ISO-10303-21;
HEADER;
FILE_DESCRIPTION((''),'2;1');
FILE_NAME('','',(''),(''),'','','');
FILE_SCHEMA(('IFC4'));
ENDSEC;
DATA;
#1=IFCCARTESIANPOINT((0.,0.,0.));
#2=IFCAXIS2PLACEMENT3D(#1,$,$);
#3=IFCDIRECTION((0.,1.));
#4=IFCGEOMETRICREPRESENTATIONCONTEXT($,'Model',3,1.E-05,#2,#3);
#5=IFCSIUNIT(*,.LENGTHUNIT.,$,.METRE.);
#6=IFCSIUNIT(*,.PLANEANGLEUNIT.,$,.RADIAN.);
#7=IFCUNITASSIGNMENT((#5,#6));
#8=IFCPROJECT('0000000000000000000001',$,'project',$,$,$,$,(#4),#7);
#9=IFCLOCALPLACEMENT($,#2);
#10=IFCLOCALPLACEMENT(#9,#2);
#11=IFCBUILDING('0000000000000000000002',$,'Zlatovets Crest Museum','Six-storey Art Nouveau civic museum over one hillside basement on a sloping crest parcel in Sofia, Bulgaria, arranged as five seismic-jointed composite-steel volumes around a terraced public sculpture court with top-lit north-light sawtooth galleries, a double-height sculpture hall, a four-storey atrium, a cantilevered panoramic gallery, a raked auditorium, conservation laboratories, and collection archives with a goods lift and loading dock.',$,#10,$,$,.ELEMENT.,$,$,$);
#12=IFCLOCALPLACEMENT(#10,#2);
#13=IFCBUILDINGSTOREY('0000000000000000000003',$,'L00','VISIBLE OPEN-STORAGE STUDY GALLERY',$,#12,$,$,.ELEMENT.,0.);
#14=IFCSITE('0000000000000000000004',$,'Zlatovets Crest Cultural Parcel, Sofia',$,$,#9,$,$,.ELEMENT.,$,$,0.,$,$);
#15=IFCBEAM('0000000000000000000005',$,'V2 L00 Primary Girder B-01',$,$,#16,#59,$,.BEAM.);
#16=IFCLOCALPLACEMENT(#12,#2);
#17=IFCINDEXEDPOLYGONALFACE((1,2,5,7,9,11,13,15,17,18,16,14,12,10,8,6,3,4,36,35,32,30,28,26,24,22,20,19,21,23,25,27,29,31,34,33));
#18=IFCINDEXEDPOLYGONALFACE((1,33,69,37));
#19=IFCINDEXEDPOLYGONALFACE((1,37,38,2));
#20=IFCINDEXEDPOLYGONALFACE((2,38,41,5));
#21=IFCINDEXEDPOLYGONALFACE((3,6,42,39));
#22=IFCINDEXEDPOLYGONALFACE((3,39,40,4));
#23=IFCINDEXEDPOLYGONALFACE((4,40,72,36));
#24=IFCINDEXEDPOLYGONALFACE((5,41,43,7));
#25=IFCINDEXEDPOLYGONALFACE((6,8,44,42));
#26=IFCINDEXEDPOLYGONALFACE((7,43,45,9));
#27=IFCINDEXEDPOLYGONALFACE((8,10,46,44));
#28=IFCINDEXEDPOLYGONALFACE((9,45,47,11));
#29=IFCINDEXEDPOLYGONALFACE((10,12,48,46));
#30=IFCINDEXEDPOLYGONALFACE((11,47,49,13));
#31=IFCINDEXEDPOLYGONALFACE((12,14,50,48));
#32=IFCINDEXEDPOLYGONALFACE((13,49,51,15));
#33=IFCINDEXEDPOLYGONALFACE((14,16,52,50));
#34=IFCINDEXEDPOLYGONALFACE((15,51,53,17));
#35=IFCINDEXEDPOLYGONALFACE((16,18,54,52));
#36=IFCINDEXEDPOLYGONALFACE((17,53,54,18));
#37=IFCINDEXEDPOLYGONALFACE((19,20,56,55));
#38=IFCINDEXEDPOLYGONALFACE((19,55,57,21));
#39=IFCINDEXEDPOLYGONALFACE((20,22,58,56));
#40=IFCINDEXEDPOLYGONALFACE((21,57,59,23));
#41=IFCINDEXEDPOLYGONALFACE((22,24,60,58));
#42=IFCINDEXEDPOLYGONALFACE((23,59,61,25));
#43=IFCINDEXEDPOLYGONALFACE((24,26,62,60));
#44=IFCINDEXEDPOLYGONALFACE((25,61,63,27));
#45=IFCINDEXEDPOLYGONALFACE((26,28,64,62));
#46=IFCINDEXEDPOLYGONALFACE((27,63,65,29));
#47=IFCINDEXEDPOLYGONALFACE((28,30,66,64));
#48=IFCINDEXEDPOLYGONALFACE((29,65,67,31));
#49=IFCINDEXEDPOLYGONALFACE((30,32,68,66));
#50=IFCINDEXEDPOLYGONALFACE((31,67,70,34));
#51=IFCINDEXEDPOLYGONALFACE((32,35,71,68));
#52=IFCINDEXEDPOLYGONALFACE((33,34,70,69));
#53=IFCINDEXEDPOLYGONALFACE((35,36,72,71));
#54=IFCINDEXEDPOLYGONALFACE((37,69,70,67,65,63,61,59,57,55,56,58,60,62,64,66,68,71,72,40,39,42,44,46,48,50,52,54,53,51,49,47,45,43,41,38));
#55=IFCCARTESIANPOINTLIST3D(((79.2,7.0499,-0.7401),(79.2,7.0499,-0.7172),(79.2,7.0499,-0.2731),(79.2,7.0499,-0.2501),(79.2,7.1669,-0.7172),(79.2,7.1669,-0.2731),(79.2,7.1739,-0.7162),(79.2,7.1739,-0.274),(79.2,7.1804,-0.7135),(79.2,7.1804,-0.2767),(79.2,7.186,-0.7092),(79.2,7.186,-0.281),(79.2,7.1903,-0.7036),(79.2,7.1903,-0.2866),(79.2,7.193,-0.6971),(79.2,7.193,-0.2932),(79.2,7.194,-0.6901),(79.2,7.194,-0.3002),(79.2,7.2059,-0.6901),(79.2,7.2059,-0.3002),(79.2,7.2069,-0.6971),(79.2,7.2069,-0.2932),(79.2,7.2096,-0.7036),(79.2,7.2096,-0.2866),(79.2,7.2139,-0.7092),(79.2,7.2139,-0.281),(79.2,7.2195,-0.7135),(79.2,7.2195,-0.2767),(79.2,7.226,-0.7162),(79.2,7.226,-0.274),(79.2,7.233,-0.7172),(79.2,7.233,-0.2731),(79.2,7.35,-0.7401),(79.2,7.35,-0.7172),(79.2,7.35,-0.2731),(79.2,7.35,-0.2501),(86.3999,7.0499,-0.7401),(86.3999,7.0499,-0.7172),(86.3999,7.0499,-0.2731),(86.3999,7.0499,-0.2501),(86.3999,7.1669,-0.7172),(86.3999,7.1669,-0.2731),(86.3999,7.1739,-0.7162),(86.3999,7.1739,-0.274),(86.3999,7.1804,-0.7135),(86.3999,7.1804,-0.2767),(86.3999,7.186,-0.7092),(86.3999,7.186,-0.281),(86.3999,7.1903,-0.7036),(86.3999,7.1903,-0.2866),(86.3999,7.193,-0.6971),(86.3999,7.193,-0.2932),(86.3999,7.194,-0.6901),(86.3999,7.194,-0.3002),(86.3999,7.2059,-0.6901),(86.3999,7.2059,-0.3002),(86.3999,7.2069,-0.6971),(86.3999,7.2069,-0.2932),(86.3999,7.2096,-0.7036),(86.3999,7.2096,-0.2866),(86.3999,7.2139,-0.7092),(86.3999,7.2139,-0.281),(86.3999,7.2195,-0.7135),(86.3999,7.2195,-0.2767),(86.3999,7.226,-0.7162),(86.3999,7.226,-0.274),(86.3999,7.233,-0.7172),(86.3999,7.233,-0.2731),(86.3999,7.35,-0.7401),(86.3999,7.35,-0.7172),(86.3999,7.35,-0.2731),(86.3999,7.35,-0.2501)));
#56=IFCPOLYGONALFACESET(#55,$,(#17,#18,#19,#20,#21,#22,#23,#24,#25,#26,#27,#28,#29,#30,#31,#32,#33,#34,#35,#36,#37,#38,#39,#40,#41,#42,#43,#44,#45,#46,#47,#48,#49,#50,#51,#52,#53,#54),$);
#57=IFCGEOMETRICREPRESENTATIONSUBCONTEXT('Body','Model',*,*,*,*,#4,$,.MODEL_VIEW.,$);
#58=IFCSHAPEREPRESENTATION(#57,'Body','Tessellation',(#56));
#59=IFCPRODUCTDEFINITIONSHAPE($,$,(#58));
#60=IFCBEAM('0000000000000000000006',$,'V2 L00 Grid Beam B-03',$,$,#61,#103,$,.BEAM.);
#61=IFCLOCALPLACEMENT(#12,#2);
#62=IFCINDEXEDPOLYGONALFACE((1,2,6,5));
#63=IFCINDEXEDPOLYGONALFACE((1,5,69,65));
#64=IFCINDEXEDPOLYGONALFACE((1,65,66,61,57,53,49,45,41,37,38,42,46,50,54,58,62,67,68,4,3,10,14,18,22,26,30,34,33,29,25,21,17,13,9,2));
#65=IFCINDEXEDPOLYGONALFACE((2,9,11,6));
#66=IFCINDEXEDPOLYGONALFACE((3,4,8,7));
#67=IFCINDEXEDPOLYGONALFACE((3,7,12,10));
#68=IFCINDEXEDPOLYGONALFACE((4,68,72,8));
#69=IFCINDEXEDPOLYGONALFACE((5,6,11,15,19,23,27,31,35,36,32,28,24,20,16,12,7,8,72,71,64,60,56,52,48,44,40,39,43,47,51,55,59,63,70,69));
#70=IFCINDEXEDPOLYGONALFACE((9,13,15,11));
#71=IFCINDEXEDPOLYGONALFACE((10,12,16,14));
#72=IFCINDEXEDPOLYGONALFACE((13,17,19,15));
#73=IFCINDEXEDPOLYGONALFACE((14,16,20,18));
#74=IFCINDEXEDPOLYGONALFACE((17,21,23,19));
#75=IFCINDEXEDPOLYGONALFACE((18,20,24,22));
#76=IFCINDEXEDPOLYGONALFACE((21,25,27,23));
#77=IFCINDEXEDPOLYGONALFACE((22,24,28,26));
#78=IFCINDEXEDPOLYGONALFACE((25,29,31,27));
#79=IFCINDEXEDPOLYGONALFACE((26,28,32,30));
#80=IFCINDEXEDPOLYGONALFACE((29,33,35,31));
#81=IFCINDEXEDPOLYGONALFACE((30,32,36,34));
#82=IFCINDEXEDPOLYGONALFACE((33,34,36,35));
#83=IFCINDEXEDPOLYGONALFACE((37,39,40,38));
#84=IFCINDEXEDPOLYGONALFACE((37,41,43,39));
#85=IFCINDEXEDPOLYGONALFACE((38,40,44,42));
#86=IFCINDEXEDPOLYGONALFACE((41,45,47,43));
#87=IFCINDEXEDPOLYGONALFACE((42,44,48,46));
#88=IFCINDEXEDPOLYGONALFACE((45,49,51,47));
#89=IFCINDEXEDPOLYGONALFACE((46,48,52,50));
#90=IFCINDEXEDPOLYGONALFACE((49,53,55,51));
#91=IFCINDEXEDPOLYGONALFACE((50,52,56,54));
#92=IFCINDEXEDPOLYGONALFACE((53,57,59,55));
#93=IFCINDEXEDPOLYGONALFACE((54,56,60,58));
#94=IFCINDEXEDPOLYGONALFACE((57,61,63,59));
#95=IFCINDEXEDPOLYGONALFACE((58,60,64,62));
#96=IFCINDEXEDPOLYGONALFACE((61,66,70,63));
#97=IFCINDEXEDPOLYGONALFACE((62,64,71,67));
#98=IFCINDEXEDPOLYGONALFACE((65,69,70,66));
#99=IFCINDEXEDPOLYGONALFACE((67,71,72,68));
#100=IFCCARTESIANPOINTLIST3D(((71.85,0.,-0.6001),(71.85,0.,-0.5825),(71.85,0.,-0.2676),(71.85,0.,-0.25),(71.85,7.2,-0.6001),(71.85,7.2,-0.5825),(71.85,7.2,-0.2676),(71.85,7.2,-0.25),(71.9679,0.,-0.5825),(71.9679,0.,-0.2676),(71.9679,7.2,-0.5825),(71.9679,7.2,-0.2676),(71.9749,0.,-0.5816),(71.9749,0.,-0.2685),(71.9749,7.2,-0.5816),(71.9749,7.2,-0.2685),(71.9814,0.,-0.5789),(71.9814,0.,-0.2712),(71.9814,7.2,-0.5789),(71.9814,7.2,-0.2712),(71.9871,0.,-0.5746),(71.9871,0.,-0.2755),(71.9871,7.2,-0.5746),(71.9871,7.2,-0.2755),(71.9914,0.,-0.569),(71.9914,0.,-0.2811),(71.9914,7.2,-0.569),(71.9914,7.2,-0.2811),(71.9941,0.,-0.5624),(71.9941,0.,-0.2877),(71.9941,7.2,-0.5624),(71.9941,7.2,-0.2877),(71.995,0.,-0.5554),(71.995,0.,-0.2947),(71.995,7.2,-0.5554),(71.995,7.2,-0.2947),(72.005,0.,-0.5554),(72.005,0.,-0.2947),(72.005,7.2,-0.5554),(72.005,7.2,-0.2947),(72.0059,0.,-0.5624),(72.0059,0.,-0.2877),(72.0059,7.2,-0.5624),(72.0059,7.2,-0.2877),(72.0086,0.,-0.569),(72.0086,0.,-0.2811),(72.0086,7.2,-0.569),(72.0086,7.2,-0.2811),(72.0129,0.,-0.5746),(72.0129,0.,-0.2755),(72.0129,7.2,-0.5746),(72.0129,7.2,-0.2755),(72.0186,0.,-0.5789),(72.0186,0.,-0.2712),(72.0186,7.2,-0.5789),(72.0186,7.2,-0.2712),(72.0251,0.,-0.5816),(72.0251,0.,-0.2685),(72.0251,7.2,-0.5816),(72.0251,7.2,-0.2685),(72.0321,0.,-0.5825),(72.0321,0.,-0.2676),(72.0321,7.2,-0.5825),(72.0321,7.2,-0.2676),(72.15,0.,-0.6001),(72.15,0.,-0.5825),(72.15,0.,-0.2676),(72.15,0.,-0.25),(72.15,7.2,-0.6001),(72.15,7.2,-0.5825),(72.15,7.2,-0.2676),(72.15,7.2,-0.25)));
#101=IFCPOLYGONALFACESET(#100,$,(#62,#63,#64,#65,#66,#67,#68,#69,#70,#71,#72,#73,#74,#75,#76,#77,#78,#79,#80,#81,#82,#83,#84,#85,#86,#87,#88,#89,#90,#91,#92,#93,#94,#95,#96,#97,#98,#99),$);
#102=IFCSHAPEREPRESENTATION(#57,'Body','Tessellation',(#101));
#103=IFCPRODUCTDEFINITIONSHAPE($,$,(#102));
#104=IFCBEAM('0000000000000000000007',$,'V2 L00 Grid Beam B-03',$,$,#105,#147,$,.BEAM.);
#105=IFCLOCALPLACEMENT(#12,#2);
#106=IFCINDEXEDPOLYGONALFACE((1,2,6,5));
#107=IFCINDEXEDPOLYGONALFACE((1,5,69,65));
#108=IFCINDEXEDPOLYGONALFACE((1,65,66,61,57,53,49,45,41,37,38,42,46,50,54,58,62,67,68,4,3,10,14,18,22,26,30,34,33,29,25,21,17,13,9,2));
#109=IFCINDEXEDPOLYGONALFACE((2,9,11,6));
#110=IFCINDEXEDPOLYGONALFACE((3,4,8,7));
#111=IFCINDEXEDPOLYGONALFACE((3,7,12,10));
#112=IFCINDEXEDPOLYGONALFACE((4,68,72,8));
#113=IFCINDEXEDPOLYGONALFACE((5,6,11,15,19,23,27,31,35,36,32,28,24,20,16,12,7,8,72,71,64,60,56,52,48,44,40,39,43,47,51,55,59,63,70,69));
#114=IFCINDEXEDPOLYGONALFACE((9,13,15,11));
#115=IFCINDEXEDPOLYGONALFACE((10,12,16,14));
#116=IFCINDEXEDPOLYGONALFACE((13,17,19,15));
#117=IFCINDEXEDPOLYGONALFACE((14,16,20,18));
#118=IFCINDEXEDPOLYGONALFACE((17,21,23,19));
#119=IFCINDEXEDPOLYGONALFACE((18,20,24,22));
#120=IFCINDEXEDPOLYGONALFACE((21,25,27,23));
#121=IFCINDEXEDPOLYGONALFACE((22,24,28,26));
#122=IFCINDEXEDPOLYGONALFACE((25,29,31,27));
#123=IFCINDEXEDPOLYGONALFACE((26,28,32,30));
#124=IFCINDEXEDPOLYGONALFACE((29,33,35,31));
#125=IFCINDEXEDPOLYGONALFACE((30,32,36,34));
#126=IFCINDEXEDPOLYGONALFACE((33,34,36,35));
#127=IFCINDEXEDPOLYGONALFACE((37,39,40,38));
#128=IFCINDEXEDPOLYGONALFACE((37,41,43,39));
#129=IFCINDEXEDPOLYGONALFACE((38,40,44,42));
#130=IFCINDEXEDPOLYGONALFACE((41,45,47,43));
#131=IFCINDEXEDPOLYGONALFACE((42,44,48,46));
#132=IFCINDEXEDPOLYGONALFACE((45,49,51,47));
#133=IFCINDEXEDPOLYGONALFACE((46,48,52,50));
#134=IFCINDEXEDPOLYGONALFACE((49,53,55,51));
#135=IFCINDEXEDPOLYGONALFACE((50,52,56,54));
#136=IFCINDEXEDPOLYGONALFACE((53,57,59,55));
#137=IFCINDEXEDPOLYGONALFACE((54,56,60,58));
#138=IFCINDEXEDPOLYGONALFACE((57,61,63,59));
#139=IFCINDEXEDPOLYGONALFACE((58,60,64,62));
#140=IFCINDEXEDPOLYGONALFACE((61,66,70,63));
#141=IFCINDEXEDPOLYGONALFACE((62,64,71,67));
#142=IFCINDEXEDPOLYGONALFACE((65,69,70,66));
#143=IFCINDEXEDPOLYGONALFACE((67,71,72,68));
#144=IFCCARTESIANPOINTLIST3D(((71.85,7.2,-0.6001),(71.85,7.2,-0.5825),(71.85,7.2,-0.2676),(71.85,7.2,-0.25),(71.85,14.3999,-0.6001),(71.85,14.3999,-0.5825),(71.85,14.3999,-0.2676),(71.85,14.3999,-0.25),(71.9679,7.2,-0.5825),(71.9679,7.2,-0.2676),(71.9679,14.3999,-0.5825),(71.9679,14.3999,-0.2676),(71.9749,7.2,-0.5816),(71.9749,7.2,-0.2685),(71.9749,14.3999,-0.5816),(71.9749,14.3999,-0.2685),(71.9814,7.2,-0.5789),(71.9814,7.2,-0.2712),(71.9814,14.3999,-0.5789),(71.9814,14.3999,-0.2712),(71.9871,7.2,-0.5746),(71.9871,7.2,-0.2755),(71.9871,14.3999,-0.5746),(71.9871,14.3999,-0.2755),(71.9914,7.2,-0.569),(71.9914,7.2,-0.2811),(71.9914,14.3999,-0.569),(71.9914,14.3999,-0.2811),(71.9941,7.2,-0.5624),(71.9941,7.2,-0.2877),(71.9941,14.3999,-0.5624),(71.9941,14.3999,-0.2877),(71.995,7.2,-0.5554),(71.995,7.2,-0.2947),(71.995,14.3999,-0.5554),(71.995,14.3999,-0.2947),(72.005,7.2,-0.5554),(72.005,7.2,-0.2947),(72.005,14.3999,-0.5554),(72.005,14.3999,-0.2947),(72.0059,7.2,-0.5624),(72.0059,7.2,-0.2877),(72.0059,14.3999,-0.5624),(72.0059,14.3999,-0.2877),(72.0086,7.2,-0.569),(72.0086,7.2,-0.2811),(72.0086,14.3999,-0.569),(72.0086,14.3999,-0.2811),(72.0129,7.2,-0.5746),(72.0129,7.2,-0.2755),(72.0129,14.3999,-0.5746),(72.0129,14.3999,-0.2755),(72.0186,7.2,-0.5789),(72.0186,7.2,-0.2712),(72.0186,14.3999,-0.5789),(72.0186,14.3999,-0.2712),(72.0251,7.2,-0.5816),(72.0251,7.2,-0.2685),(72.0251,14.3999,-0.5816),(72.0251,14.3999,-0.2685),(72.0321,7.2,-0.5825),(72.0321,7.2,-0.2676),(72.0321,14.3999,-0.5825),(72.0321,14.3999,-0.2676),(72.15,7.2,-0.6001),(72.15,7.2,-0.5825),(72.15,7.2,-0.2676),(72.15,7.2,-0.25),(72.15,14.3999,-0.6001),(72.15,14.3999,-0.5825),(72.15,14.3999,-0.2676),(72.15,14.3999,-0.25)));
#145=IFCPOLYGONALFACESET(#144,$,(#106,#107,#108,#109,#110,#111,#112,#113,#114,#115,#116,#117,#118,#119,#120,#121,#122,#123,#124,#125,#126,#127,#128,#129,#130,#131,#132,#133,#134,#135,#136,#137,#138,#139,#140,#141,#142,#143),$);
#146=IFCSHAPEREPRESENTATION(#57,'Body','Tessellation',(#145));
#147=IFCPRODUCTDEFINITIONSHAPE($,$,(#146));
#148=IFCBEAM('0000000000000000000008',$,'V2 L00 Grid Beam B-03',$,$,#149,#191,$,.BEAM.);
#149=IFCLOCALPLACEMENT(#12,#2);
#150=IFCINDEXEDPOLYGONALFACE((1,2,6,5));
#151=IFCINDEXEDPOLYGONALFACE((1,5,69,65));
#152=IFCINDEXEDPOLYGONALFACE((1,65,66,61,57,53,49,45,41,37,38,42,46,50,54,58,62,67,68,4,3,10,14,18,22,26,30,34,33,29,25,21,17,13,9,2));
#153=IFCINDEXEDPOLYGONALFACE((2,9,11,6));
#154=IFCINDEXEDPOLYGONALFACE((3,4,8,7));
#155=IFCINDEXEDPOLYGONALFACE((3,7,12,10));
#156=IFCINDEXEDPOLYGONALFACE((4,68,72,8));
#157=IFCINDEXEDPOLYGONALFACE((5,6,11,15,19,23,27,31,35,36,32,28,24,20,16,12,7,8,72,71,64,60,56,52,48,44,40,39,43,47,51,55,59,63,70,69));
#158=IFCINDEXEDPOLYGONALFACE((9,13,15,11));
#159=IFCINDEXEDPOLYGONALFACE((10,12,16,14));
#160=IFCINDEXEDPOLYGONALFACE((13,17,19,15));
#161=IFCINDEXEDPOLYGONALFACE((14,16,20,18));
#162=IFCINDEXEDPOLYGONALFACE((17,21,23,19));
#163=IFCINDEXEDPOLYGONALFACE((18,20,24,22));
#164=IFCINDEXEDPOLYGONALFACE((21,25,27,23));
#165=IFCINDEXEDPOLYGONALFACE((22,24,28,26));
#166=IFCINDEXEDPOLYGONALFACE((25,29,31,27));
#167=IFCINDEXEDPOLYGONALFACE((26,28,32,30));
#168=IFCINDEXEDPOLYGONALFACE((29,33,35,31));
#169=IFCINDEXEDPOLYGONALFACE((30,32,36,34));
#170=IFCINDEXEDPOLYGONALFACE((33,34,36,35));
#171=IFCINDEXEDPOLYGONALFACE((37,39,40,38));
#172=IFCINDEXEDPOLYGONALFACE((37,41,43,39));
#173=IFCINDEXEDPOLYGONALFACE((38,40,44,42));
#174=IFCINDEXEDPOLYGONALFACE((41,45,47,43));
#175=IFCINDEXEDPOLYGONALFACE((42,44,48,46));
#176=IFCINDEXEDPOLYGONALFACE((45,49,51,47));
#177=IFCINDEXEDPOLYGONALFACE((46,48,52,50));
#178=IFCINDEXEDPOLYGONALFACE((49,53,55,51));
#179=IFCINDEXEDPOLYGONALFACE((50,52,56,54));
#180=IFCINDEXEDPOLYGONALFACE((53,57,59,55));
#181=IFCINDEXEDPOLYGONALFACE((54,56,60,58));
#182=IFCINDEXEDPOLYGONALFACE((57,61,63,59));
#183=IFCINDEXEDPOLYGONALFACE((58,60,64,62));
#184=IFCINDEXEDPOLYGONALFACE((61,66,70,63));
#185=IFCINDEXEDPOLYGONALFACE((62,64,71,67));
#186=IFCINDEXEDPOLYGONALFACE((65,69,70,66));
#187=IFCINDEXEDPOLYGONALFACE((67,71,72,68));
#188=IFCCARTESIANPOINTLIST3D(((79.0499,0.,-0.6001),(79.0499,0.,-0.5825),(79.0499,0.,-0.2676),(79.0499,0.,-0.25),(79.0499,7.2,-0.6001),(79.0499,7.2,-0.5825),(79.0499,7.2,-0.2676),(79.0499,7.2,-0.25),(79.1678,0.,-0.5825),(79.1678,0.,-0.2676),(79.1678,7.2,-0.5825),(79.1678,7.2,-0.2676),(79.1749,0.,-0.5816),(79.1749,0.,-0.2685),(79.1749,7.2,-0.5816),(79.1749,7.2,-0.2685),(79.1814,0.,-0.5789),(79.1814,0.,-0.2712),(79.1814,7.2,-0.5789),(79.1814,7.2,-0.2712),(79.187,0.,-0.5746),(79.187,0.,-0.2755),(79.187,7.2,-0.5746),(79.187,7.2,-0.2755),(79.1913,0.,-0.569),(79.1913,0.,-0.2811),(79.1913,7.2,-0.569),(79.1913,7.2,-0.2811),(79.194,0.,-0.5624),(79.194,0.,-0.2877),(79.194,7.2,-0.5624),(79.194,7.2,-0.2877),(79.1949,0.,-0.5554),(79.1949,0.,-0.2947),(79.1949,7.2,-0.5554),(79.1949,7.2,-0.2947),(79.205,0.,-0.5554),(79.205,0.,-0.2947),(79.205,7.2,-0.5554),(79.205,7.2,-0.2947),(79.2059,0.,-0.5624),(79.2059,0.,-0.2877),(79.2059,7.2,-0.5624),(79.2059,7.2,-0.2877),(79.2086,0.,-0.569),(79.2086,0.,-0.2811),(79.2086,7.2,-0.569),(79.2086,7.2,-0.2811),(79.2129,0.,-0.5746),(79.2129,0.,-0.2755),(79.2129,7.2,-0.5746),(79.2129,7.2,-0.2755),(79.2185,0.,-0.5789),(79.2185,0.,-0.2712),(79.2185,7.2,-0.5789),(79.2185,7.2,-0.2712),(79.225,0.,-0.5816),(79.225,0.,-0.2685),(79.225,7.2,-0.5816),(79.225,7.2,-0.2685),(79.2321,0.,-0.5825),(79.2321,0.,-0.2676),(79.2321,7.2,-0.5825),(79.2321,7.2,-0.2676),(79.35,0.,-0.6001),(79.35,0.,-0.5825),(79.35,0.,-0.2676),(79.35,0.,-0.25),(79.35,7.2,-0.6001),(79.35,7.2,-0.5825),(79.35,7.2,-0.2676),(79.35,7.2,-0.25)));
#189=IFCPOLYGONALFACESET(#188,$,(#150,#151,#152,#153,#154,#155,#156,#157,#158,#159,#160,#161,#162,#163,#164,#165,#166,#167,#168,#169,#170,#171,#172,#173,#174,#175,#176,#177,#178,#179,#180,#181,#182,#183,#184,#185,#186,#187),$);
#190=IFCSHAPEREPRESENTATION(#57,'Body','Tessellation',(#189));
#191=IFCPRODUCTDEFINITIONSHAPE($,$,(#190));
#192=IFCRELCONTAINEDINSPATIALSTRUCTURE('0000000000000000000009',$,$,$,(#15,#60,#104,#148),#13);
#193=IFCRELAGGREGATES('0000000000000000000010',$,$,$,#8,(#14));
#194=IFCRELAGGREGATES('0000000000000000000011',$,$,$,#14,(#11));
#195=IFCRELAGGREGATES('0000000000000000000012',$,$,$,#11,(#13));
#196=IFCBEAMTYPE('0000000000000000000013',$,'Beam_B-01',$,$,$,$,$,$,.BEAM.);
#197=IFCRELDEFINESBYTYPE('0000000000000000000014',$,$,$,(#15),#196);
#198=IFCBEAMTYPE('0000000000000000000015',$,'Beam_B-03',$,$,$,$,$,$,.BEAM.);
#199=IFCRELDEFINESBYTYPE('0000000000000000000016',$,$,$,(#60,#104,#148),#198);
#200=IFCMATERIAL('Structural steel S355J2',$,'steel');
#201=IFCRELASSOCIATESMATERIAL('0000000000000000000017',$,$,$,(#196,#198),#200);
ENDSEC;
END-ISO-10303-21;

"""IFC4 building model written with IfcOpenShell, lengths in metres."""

from ifc_helpers import new_model, si_unit, direction, frame, origin, origin_2d, place, context, subcontext, project, spatial, i_section, extrude, material, material_profile, profile_set, type_object, element, save


model = new_model("IFC4")

# Units and contexts
model_context = context("Model", 3, precision=1e-05, world=origin(), true_north=direction((0.0, 1.0)))
body_context = subcontext(model_context, "Body", "Model", "MODEL_VIEW")
ifc_project = project(units=[si_unit("LENGTHUNIT", "METRE"), si_unit("PLANEANGLEUNIT", "RADIAN")], contexts=[model_context])

# Site, building, storey
site_placement = place(None, origin())
site = spatial("IfcSite", under=ifc_project, at=site_placement, Name="Zlatovets Crest Cultural Parcel, Sofia", CompositionType="ELEMENT", RefElevation=0.0)
building_placement = place(site_placement, origin())
building = spatial("IfcBuilding", under=site, at=building_placement, Name="Zlatovets Crest Museum", Description="Six-storey Art Nouveau civic museum over one hillside basement on a sloping crest parcel in Sofia, Bulgaria, arranged as five seismic-jointed composite-steel volumes around a terraced public sculpture court with top-lit north-light sawtooth galleries, a double-height sculpture hall, a four-storey atrium, a cantilevered panoramic gallery, a raked auditorium, conservation laboratories, and collection archives with a goods lift and loading dock.", CompositionType="ELEMENT")
storey_placement = place(building_placement, origin())
storey = spatial("IfcBuildingStorey", under=building, at=storey_placement, Name="L00", Description="VISIBLE OPEN-STORAGE STUDY GALLERY", CompositionType="ELEMENT", Elevation=0.0)

# Shared definitions
ifc_material_1 = material(Name="Structural steel S355J2", Category="steel")

# Beams
ifc_material_profile_1 = material_profile(ifc_material_1, i_section(OverallWidth=0.3, OverallDepth=0.49, WebThickness=0.012, FlangeThickness=0.0229, FilletRadius=0.0271, at=origin_2d()), Name="HEA 500")
ifc_profile_set_1 = profile_set([ifc_material_profile_1], Name="Structural steel S355J2")
beam_type_1 = type_object("IfcBeamType", Name="Beam_B-01", PredefinedType="BEAM", material=ifc_profile_set_1)
for number, where, z_axis, x_axis, name in (
    (1, (79.2, 7.2, -0.4951), (1.0, 0.0, 0.0), (0.0, 1.0, 0.0), "V2 L00 Primary Girder B-01"),
):
    element("IfcBeam", number, at=place(storey_placement, frame(where, z_axis=z_axis, x_axis=x_axis)), inside=storey, type_object=beam_type_1, Name=name, PredefinedType="BEAM", context=body_context, shape_type="SweptSolid", body=[
        extrude(i_section(OverallWidth=0.3, OverallDepth=0.49, WebThickness=0.012, FlangeThickness=0.0229, FilletRadius=0.0271, at=origin_2d()), origin(), (0.0, 0.0, 1.0), 7.2),
    ])
ifc_material_profile_2 = material_profile(ifc_material_1, i_section(OverallWidth=0.3, OverallDepth=0.3501, WebThickness=0.01, FlangeThickness=0.0176, FilletRadius=0.0271, at=origin_2d()), Name="HEA 360")
ifc_profile_set_2 = profile_set([ifc_material_profile_2], Name="Structural steel S355J2")
beam_type_2 = type_object("IfcBeamType", Name="Beam_B-03", PredefinedType="BEAM", material=ifc_profile_set_2)
for number, where, z_axis, x_axis, name in (
    (2, (72.0, 0.0, -0.425), (0.0, 1.0, 0.0), (-1.0, 0.0, 0.0), "V2 L00 Grid Beam B-03"),
    (3, (72.0, 7.2, -0.425), (0.0, 1.0, 0.0), (-1.0, 0.0, 0.0), "V2 L00 Grid Beam B-03"),
    (4, (79.2, 0.0, -0.425), (0.0, 1.0, 0.0), (-1.0, 0.0, 0.0), "V2 L00 Grid Beam B-03"),
):
    element("IfcBeam", number, at=place(storey_placement, frame(where, z_axis=z_axis, x_axis=x_axis)), inside=storey, type_object=beam_type_2, Name=name, PredefinedType="BEAM", context=body_context, shape_type="SweptSolid", body=[
        extrude(i_section(OverallWidth=0.3, OverallDepth=0.3501, WebThickness=0.01, FlangeThickness=0.0176, FilletRadius=0.0271, at=origin_2d()), origin(), (0.0, 0.0, 1.0), 7.2),
    ])

save(model, "model.ifc")
